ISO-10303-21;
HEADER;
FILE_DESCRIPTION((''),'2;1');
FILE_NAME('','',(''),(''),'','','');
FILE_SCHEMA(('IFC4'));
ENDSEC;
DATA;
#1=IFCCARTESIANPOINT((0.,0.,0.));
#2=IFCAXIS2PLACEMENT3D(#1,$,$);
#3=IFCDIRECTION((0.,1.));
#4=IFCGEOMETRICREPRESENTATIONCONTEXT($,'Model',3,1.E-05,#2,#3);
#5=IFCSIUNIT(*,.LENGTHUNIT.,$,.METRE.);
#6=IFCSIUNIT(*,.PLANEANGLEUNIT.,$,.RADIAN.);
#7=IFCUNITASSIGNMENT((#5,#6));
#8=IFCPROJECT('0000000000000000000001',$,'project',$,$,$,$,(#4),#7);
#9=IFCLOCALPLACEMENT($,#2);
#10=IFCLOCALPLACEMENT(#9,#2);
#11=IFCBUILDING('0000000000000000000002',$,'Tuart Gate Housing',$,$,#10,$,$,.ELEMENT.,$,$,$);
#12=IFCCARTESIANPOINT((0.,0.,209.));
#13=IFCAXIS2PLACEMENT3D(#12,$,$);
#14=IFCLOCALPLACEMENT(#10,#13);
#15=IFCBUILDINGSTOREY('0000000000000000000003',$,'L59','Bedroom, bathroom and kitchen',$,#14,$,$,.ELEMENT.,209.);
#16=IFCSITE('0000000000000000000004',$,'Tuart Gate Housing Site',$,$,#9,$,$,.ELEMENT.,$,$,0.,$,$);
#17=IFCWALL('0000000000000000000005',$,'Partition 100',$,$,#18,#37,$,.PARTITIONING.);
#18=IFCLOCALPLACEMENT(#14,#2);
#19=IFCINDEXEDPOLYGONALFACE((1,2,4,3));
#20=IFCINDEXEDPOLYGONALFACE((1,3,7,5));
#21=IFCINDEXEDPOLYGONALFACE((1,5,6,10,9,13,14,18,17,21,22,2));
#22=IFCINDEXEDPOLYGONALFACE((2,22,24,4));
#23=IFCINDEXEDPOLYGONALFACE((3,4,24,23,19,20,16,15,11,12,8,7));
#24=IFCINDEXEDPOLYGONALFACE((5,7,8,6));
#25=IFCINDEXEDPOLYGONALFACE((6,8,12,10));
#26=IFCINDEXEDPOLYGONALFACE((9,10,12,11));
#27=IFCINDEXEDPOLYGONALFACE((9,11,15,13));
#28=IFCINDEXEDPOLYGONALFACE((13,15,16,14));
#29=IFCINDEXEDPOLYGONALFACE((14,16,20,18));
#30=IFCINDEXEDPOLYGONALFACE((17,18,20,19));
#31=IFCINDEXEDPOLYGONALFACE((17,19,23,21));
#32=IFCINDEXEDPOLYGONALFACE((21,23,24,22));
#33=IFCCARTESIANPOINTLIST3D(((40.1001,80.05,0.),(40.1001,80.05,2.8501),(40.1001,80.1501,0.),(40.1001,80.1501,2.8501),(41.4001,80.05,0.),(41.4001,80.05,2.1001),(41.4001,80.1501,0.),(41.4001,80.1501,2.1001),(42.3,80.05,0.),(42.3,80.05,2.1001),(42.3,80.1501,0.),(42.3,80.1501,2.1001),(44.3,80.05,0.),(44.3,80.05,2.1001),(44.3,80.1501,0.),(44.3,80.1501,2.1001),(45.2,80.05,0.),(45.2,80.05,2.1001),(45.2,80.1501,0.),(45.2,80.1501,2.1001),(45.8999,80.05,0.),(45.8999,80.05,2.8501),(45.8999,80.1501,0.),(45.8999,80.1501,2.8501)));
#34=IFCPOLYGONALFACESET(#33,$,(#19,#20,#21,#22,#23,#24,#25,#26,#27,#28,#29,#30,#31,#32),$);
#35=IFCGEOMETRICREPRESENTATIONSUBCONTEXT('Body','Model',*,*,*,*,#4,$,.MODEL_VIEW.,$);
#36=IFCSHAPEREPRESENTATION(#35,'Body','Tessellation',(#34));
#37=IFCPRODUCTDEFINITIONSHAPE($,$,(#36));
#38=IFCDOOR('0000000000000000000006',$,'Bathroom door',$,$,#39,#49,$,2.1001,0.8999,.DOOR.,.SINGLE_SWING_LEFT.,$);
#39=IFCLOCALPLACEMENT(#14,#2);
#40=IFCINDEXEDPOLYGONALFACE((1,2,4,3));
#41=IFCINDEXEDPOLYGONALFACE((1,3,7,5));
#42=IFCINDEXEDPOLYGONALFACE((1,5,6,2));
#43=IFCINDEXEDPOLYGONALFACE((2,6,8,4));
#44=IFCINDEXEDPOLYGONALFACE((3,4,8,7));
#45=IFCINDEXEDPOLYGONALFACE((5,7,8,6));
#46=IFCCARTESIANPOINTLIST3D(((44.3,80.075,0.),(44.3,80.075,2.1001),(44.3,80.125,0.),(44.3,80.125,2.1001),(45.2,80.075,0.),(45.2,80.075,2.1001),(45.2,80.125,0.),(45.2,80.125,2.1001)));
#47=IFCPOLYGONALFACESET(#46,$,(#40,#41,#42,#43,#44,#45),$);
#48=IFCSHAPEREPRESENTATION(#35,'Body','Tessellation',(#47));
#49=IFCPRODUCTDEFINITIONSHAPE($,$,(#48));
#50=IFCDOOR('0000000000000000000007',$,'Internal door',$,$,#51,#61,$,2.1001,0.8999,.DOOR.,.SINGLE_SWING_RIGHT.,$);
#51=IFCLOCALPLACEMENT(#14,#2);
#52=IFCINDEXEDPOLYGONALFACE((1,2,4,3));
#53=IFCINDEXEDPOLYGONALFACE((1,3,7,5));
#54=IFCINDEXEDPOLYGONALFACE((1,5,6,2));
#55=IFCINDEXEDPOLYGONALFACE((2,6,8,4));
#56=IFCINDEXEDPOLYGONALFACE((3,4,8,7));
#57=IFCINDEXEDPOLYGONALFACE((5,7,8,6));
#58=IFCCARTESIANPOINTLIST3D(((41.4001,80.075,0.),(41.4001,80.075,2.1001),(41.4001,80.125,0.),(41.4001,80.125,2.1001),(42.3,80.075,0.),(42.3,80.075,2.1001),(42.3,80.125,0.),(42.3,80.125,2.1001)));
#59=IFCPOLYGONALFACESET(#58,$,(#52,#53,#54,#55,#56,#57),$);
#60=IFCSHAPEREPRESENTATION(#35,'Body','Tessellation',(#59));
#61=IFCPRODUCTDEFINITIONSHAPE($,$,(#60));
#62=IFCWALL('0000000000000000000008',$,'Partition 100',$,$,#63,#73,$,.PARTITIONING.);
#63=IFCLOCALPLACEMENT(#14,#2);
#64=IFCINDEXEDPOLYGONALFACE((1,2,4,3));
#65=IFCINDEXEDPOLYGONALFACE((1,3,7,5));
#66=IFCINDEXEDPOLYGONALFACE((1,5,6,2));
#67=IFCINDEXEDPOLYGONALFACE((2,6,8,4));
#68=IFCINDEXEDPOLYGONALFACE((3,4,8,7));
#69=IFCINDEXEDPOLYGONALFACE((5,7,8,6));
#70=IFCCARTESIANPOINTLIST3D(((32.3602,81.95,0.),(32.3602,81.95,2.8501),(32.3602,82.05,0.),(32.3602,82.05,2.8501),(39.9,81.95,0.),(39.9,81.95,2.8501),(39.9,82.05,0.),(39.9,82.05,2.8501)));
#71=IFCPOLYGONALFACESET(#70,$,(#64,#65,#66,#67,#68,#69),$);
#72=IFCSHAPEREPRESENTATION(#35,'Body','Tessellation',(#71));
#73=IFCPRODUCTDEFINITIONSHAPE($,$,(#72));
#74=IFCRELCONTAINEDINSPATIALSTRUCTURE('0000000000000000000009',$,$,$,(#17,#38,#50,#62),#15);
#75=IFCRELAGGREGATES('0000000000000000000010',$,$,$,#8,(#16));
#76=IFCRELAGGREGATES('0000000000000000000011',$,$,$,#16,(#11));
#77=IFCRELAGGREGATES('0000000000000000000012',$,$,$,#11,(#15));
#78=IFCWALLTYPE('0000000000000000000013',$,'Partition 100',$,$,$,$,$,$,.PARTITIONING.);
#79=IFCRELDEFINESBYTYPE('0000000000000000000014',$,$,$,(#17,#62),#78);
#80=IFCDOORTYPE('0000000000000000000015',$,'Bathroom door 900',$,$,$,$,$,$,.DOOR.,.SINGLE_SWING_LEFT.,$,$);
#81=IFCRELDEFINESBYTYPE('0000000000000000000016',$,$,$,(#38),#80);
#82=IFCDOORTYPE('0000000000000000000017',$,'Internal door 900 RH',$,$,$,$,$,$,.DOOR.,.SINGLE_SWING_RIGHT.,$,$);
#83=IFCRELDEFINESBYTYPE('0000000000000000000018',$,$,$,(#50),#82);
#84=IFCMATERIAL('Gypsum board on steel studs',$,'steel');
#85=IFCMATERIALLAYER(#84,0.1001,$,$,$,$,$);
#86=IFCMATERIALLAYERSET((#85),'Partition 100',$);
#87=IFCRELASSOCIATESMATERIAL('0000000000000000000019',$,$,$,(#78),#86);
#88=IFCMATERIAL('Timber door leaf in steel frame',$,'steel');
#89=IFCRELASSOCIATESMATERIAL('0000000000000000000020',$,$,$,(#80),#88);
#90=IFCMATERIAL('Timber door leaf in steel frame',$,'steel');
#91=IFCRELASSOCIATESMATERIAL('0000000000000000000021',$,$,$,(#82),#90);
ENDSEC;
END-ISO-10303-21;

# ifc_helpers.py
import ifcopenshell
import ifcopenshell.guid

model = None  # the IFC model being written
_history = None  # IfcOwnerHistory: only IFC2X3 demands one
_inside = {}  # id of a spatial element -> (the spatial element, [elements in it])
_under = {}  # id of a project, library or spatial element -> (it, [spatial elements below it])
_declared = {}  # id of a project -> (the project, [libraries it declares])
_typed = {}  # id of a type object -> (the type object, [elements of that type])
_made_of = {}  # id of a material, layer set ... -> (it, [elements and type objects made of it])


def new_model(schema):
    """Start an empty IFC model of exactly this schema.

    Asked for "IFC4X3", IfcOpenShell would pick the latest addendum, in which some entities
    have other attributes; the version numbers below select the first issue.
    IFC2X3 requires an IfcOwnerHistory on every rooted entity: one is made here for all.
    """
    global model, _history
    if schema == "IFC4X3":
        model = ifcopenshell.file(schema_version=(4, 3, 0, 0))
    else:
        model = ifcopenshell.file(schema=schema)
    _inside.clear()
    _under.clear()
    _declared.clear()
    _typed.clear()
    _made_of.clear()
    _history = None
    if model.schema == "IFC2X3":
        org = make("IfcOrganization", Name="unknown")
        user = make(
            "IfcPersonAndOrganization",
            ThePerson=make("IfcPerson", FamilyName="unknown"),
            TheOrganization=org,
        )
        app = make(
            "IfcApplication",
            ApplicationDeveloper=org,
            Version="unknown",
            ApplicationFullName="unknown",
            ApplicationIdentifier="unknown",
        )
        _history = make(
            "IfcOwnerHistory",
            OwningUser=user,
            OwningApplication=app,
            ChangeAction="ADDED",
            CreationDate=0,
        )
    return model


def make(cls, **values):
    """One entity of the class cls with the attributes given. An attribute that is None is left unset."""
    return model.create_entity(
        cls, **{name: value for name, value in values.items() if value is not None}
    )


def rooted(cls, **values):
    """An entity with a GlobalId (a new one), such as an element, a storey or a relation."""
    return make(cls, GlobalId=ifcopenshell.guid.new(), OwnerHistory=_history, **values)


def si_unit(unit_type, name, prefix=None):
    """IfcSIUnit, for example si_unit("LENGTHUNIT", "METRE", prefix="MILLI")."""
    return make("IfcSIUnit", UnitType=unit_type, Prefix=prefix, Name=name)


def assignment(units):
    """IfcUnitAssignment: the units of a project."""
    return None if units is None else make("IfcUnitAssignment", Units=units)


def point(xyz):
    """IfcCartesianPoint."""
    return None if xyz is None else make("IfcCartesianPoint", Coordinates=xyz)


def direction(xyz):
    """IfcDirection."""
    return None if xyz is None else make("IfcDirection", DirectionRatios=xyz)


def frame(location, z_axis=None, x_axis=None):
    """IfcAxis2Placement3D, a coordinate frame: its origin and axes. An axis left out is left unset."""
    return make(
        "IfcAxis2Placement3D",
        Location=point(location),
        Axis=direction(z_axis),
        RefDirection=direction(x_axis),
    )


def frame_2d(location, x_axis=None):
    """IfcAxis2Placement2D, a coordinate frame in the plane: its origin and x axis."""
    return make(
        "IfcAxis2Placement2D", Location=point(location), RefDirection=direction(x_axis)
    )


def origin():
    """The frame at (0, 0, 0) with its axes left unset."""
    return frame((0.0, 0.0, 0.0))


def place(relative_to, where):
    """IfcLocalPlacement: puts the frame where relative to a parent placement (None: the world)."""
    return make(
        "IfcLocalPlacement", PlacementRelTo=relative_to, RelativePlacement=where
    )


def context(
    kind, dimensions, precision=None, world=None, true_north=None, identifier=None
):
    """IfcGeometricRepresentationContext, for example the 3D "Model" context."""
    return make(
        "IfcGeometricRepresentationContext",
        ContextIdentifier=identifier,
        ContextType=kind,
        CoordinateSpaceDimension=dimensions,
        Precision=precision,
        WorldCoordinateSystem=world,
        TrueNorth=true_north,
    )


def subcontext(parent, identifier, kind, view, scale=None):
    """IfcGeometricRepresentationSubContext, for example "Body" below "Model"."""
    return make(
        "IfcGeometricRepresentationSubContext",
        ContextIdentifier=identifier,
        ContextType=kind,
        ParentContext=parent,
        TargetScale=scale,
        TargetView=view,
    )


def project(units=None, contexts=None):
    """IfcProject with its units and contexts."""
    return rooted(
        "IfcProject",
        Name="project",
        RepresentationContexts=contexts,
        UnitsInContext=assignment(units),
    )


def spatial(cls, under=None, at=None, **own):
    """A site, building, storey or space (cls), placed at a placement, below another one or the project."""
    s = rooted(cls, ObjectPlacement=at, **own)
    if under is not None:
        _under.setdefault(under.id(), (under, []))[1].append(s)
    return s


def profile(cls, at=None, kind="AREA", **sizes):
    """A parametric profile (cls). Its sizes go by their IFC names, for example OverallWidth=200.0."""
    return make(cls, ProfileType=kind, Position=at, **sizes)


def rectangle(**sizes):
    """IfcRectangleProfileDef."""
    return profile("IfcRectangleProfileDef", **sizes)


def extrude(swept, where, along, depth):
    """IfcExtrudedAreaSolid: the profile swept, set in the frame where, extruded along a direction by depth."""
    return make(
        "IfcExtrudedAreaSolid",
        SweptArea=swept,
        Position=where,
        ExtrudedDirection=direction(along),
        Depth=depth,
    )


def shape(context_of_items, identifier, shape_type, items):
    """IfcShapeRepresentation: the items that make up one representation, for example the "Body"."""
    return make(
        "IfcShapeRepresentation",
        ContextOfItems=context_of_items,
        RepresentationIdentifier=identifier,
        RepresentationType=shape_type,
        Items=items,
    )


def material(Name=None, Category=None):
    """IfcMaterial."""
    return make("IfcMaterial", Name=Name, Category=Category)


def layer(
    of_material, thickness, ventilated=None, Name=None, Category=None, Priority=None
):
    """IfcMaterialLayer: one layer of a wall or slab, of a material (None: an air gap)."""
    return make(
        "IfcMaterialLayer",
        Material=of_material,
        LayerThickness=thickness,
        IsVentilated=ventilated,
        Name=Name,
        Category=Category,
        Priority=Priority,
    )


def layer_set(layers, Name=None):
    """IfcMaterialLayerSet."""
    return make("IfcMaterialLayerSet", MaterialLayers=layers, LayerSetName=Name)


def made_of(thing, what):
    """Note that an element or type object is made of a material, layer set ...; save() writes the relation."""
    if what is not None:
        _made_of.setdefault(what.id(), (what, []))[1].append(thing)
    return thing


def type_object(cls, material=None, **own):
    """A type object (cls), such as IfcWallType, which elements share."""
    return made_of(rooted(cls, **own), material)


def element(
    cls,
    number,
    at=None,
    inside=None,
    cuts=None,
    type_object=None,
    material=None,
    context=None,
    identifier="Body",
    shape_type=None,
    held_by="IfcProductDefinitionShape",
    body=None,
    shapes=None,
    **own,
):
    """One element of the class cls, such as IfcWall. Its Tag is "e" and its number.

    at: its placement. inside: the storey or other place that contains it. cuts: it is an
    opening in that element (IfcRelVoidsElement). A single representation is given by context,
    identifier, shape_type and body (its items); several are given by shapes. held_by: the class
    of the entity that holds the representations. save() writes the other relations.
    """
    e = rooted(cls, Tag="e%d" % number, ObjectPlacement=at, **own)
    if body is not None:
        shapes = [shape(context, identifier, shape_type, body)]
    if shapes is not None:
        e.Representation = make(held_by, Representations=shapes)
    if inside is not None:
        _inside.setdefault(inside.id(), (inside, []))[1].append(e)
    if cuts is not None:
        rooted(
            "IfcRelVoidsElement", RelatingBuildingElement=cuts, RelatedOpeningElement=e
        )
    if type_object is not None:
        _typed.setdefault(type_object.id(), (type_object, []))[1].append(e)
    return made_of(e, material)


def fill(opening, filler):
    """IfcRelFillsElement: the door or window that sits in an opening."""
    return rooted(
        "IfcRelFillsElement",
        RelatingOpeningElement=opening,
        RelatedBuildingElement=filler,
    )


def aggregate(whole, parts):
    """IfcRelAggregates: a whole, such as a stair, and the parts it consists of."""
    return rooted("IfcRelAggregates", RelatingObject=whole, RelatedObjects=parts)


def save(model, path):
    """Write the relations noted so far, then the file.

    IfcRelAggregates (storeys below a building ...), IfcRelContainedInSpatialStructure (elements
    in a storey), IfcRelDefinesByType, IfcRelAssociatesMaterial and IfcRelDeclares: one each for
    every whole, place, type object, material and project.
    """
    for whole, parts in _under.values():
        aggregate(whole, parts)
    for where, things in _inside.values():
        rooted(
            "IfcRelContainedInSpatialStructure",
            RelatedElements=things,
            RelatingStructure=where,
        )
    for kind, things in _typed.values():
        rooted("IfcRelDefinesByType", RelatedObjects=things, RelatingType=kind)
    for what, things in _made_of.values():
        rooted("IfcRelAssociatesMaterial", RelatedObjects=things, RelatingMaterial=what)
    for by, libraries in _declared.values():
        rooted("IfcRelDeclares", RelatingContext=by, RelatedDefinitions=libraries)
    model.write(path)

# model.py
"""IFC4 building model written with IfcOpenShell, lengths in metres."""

from ifc_helpers import new_model, si_unit, direction, frame, frame_2d, origin, place, context, subcontext, project, spatial, rectangle, extrude, material, layer, layer_set, type_object, element, fill, save


model = new_model("IFC4")

# Units and contexts
model_context = context("Model", 3, precision=1e-05, world=origin(), true_north=direction((0.0, 1.0)))
body_context = subcontext(model_context, "Body", "Model", "MODEL_VIEW")
ifc_project = project(units=[si_unit("LENGTHUNIT", "METRE"), si_unit("PLANEANGLEUNIT", "RADIAN")], contexts=[model_context])

# Site, building, storey
site_placement = place(None, origin())
site = spatial("IfcSite", under=ifc_project, at=site_placement, Name="Tuart Gate Housing Site", CompositionType="ELEMENT", RefElevation=0.0)
building_placement = place(site_placement, origin())
building = spatial("IfcBuilding", under=site, at=building_placement, Name="Tuart Gate Housing", CompositionType="ELEMENT")
storey_placement = place(building_placement, frame((0.0, 0.0, 209.0)))
storey = spatial("IfcBuildingStorey", under=building, at=storey_placement, Name="L59", Description="Bedroom, bathroom and kitchen", CompositionType="ELEMENT", Elevation=209.0)

# Wall, openings, doors
ifc_material_1 = material(Name="Gypsum board on steel studs", Category="steel")
ifc_layer_1 = layer(ifc_material_1, 0.1001)
ifc_layer_set_1 = layer_set([ifc_layer_1], Name="Partition 100")
wall_type_1 = type_object("IfcWallType", Name="Partition 100", PredefinedType="PARTITIONING", material=ifc_layer_set_1)
wall_1_placement = place(storey_placement, frame((40.1001, 80.1001, 0.0), z_axis=(0.0, 0.0, 1.0), x_axis=(1.0, 0.0, 0.0)))
wall_1 = element("IfcWall", 1, at=wall_1_placement, inside=storey, type_object=wall_type_1, Name="Partition 100", PredefinedType="PARTITIONING", context=body_context, shape_type="SweptSolid", body=[
    extrude(rectangle(XDim=5.7998, YDim=0.1001, at=frame_2d((2.8999, 0.0))), origin(), (0.0, 0.0, 1.0), 2.8501),
])
opening_1_placement = place(wall_1_placement, frame((1.3, 0.0, 0.0)))
opening_1 = element("IfcOpeningElement", 2, at=opening_1_placement, cuts=wall_1, PredefinedType="OPENING", context=body_context, shape_type="SweptSolid", body=[
    extrude(rectangle(XDim=0.8999, YDim=2.1001, at=frame_2d((0.45, 1.05))), frame((0.0, 0.0601, 0.0), z_axis=(0.0, -1.0, 0.0), x_axis=(1.0, 0.0, 0.0)), (0.0, 0.0, 1.0), 0.1201),
])
opening_2_placement = place(wall_1_placement, frame((4.2, 0.0, 0.0)))
opening_2 = element("IfcOpeningElement", 3, at=opening_2_placement, cuts=wall_1, PredefinedType="OPENING", context=body_context, shape_type="SweptSolid", body=[
    extrude(rectangle(XDim=0.8999, YDim=2.1001, at=frame_2d((0.45, 1.05))), frame((0.0, 0.0601, 0.0), z_axis=(0.0, -1.0, 0.0), x_axis=(1.0, 0.0, 0.0)), (0.0, 0.0, 1.0), 0.1201),
])
ifc_material_2 = material(Name="Timber door leaf in steel frame", Category="steel")
door_type_1 = type_object("IfcDoorType", Name="Bathroom door 900", OperationType="SINGLE_SWING_LEFT", PredefinedType="DOOR", material=ifc_material_2)
door_1_placement = place(opening_2_placement, origin())
door_1 = element("IfcDoor", 4, at=door_1_placement, inside=storey, type_object=door_type_1, Name="Bathroom door", OperationType="SINGLE_SWING_LEFT", OverallHeight=2.1001, OverallWidth=0.8999, PredefinedType="DOOR", context=body_context, shape_type="SweptSolid", body=[
    extrude(rectangle(XDim=0.8999, YDim=2.1001, at=frame_2d((0.45, 1.05))), frame((0.0, 0.0249, 0.0), z_axis=(0.0, -1.0, 0.0), x_axis=(1.0, 0.0, 0.0)), (0.0, 0.0, 1.0), 0.05),
])
fill(opening_2, door_1)
ifc_material_3 = material(Name="Timber door leaf in steel frame", Category="steel")
door_type_2 = type_object("IfcDoorType", Name="Internal door 900 RH", OperationType="SINGLE_SWING_RIGHT", PredefinedType="DOOR", material=ifc_material_3)
door_2_placement = place(opening_1_placement, frame((0.8999, 0.0, 0.0), z_axis=(0.0, 0.0, 1.0), x_axis=(-1.0, 0.0, 0.0)))
door_2 = element("IfcDoor", 5, at=door_2_placement, inside=storey, type_object=door_type_2, Name="Internal door", OperationType="SINGLE_SWING_RIGHT", OverallHeight=2.1001, OverallWidth=0.8999, PredefinedType="DOOR", context=body_context, shape_type="SweptSolid", body=[
    extrude(rectangle(XDim=0.8999, YDim=2.1001, at=frame_2d((0.45, 1.05))), frame((0.0, 0.0251, 0.0), z_axis=(0.0, -1.0, 0.0), x_axis=(1.0, 0.0, 0.0)), (0.0, 0.0, 1.0), 0.05),
])
fill(opening_1, door_2)

# Wall
wall_2_placement = place(storey_placement, frame((32.3601, 82.0, 0.0), z_axis=(0.0, 0.0, 1.0), x_axis=(1.0, 0.0, 0.0)))
element("IfcWall", 6, at=wall_2_placement, inside=storey, type_object=wall_type_1, Name="Partition 100", PredefinedType="PARTITIONING", context=body_context, shape_type="SweptSolid", body=[
    extrude(rectangle(XDim=7.5398, YDim=0.1001, at=frame_2d((3.77, 0.0))), origin(), (0.0, 0.0, 1.0), 2.8501),
])

save(model, "model.ifc")
